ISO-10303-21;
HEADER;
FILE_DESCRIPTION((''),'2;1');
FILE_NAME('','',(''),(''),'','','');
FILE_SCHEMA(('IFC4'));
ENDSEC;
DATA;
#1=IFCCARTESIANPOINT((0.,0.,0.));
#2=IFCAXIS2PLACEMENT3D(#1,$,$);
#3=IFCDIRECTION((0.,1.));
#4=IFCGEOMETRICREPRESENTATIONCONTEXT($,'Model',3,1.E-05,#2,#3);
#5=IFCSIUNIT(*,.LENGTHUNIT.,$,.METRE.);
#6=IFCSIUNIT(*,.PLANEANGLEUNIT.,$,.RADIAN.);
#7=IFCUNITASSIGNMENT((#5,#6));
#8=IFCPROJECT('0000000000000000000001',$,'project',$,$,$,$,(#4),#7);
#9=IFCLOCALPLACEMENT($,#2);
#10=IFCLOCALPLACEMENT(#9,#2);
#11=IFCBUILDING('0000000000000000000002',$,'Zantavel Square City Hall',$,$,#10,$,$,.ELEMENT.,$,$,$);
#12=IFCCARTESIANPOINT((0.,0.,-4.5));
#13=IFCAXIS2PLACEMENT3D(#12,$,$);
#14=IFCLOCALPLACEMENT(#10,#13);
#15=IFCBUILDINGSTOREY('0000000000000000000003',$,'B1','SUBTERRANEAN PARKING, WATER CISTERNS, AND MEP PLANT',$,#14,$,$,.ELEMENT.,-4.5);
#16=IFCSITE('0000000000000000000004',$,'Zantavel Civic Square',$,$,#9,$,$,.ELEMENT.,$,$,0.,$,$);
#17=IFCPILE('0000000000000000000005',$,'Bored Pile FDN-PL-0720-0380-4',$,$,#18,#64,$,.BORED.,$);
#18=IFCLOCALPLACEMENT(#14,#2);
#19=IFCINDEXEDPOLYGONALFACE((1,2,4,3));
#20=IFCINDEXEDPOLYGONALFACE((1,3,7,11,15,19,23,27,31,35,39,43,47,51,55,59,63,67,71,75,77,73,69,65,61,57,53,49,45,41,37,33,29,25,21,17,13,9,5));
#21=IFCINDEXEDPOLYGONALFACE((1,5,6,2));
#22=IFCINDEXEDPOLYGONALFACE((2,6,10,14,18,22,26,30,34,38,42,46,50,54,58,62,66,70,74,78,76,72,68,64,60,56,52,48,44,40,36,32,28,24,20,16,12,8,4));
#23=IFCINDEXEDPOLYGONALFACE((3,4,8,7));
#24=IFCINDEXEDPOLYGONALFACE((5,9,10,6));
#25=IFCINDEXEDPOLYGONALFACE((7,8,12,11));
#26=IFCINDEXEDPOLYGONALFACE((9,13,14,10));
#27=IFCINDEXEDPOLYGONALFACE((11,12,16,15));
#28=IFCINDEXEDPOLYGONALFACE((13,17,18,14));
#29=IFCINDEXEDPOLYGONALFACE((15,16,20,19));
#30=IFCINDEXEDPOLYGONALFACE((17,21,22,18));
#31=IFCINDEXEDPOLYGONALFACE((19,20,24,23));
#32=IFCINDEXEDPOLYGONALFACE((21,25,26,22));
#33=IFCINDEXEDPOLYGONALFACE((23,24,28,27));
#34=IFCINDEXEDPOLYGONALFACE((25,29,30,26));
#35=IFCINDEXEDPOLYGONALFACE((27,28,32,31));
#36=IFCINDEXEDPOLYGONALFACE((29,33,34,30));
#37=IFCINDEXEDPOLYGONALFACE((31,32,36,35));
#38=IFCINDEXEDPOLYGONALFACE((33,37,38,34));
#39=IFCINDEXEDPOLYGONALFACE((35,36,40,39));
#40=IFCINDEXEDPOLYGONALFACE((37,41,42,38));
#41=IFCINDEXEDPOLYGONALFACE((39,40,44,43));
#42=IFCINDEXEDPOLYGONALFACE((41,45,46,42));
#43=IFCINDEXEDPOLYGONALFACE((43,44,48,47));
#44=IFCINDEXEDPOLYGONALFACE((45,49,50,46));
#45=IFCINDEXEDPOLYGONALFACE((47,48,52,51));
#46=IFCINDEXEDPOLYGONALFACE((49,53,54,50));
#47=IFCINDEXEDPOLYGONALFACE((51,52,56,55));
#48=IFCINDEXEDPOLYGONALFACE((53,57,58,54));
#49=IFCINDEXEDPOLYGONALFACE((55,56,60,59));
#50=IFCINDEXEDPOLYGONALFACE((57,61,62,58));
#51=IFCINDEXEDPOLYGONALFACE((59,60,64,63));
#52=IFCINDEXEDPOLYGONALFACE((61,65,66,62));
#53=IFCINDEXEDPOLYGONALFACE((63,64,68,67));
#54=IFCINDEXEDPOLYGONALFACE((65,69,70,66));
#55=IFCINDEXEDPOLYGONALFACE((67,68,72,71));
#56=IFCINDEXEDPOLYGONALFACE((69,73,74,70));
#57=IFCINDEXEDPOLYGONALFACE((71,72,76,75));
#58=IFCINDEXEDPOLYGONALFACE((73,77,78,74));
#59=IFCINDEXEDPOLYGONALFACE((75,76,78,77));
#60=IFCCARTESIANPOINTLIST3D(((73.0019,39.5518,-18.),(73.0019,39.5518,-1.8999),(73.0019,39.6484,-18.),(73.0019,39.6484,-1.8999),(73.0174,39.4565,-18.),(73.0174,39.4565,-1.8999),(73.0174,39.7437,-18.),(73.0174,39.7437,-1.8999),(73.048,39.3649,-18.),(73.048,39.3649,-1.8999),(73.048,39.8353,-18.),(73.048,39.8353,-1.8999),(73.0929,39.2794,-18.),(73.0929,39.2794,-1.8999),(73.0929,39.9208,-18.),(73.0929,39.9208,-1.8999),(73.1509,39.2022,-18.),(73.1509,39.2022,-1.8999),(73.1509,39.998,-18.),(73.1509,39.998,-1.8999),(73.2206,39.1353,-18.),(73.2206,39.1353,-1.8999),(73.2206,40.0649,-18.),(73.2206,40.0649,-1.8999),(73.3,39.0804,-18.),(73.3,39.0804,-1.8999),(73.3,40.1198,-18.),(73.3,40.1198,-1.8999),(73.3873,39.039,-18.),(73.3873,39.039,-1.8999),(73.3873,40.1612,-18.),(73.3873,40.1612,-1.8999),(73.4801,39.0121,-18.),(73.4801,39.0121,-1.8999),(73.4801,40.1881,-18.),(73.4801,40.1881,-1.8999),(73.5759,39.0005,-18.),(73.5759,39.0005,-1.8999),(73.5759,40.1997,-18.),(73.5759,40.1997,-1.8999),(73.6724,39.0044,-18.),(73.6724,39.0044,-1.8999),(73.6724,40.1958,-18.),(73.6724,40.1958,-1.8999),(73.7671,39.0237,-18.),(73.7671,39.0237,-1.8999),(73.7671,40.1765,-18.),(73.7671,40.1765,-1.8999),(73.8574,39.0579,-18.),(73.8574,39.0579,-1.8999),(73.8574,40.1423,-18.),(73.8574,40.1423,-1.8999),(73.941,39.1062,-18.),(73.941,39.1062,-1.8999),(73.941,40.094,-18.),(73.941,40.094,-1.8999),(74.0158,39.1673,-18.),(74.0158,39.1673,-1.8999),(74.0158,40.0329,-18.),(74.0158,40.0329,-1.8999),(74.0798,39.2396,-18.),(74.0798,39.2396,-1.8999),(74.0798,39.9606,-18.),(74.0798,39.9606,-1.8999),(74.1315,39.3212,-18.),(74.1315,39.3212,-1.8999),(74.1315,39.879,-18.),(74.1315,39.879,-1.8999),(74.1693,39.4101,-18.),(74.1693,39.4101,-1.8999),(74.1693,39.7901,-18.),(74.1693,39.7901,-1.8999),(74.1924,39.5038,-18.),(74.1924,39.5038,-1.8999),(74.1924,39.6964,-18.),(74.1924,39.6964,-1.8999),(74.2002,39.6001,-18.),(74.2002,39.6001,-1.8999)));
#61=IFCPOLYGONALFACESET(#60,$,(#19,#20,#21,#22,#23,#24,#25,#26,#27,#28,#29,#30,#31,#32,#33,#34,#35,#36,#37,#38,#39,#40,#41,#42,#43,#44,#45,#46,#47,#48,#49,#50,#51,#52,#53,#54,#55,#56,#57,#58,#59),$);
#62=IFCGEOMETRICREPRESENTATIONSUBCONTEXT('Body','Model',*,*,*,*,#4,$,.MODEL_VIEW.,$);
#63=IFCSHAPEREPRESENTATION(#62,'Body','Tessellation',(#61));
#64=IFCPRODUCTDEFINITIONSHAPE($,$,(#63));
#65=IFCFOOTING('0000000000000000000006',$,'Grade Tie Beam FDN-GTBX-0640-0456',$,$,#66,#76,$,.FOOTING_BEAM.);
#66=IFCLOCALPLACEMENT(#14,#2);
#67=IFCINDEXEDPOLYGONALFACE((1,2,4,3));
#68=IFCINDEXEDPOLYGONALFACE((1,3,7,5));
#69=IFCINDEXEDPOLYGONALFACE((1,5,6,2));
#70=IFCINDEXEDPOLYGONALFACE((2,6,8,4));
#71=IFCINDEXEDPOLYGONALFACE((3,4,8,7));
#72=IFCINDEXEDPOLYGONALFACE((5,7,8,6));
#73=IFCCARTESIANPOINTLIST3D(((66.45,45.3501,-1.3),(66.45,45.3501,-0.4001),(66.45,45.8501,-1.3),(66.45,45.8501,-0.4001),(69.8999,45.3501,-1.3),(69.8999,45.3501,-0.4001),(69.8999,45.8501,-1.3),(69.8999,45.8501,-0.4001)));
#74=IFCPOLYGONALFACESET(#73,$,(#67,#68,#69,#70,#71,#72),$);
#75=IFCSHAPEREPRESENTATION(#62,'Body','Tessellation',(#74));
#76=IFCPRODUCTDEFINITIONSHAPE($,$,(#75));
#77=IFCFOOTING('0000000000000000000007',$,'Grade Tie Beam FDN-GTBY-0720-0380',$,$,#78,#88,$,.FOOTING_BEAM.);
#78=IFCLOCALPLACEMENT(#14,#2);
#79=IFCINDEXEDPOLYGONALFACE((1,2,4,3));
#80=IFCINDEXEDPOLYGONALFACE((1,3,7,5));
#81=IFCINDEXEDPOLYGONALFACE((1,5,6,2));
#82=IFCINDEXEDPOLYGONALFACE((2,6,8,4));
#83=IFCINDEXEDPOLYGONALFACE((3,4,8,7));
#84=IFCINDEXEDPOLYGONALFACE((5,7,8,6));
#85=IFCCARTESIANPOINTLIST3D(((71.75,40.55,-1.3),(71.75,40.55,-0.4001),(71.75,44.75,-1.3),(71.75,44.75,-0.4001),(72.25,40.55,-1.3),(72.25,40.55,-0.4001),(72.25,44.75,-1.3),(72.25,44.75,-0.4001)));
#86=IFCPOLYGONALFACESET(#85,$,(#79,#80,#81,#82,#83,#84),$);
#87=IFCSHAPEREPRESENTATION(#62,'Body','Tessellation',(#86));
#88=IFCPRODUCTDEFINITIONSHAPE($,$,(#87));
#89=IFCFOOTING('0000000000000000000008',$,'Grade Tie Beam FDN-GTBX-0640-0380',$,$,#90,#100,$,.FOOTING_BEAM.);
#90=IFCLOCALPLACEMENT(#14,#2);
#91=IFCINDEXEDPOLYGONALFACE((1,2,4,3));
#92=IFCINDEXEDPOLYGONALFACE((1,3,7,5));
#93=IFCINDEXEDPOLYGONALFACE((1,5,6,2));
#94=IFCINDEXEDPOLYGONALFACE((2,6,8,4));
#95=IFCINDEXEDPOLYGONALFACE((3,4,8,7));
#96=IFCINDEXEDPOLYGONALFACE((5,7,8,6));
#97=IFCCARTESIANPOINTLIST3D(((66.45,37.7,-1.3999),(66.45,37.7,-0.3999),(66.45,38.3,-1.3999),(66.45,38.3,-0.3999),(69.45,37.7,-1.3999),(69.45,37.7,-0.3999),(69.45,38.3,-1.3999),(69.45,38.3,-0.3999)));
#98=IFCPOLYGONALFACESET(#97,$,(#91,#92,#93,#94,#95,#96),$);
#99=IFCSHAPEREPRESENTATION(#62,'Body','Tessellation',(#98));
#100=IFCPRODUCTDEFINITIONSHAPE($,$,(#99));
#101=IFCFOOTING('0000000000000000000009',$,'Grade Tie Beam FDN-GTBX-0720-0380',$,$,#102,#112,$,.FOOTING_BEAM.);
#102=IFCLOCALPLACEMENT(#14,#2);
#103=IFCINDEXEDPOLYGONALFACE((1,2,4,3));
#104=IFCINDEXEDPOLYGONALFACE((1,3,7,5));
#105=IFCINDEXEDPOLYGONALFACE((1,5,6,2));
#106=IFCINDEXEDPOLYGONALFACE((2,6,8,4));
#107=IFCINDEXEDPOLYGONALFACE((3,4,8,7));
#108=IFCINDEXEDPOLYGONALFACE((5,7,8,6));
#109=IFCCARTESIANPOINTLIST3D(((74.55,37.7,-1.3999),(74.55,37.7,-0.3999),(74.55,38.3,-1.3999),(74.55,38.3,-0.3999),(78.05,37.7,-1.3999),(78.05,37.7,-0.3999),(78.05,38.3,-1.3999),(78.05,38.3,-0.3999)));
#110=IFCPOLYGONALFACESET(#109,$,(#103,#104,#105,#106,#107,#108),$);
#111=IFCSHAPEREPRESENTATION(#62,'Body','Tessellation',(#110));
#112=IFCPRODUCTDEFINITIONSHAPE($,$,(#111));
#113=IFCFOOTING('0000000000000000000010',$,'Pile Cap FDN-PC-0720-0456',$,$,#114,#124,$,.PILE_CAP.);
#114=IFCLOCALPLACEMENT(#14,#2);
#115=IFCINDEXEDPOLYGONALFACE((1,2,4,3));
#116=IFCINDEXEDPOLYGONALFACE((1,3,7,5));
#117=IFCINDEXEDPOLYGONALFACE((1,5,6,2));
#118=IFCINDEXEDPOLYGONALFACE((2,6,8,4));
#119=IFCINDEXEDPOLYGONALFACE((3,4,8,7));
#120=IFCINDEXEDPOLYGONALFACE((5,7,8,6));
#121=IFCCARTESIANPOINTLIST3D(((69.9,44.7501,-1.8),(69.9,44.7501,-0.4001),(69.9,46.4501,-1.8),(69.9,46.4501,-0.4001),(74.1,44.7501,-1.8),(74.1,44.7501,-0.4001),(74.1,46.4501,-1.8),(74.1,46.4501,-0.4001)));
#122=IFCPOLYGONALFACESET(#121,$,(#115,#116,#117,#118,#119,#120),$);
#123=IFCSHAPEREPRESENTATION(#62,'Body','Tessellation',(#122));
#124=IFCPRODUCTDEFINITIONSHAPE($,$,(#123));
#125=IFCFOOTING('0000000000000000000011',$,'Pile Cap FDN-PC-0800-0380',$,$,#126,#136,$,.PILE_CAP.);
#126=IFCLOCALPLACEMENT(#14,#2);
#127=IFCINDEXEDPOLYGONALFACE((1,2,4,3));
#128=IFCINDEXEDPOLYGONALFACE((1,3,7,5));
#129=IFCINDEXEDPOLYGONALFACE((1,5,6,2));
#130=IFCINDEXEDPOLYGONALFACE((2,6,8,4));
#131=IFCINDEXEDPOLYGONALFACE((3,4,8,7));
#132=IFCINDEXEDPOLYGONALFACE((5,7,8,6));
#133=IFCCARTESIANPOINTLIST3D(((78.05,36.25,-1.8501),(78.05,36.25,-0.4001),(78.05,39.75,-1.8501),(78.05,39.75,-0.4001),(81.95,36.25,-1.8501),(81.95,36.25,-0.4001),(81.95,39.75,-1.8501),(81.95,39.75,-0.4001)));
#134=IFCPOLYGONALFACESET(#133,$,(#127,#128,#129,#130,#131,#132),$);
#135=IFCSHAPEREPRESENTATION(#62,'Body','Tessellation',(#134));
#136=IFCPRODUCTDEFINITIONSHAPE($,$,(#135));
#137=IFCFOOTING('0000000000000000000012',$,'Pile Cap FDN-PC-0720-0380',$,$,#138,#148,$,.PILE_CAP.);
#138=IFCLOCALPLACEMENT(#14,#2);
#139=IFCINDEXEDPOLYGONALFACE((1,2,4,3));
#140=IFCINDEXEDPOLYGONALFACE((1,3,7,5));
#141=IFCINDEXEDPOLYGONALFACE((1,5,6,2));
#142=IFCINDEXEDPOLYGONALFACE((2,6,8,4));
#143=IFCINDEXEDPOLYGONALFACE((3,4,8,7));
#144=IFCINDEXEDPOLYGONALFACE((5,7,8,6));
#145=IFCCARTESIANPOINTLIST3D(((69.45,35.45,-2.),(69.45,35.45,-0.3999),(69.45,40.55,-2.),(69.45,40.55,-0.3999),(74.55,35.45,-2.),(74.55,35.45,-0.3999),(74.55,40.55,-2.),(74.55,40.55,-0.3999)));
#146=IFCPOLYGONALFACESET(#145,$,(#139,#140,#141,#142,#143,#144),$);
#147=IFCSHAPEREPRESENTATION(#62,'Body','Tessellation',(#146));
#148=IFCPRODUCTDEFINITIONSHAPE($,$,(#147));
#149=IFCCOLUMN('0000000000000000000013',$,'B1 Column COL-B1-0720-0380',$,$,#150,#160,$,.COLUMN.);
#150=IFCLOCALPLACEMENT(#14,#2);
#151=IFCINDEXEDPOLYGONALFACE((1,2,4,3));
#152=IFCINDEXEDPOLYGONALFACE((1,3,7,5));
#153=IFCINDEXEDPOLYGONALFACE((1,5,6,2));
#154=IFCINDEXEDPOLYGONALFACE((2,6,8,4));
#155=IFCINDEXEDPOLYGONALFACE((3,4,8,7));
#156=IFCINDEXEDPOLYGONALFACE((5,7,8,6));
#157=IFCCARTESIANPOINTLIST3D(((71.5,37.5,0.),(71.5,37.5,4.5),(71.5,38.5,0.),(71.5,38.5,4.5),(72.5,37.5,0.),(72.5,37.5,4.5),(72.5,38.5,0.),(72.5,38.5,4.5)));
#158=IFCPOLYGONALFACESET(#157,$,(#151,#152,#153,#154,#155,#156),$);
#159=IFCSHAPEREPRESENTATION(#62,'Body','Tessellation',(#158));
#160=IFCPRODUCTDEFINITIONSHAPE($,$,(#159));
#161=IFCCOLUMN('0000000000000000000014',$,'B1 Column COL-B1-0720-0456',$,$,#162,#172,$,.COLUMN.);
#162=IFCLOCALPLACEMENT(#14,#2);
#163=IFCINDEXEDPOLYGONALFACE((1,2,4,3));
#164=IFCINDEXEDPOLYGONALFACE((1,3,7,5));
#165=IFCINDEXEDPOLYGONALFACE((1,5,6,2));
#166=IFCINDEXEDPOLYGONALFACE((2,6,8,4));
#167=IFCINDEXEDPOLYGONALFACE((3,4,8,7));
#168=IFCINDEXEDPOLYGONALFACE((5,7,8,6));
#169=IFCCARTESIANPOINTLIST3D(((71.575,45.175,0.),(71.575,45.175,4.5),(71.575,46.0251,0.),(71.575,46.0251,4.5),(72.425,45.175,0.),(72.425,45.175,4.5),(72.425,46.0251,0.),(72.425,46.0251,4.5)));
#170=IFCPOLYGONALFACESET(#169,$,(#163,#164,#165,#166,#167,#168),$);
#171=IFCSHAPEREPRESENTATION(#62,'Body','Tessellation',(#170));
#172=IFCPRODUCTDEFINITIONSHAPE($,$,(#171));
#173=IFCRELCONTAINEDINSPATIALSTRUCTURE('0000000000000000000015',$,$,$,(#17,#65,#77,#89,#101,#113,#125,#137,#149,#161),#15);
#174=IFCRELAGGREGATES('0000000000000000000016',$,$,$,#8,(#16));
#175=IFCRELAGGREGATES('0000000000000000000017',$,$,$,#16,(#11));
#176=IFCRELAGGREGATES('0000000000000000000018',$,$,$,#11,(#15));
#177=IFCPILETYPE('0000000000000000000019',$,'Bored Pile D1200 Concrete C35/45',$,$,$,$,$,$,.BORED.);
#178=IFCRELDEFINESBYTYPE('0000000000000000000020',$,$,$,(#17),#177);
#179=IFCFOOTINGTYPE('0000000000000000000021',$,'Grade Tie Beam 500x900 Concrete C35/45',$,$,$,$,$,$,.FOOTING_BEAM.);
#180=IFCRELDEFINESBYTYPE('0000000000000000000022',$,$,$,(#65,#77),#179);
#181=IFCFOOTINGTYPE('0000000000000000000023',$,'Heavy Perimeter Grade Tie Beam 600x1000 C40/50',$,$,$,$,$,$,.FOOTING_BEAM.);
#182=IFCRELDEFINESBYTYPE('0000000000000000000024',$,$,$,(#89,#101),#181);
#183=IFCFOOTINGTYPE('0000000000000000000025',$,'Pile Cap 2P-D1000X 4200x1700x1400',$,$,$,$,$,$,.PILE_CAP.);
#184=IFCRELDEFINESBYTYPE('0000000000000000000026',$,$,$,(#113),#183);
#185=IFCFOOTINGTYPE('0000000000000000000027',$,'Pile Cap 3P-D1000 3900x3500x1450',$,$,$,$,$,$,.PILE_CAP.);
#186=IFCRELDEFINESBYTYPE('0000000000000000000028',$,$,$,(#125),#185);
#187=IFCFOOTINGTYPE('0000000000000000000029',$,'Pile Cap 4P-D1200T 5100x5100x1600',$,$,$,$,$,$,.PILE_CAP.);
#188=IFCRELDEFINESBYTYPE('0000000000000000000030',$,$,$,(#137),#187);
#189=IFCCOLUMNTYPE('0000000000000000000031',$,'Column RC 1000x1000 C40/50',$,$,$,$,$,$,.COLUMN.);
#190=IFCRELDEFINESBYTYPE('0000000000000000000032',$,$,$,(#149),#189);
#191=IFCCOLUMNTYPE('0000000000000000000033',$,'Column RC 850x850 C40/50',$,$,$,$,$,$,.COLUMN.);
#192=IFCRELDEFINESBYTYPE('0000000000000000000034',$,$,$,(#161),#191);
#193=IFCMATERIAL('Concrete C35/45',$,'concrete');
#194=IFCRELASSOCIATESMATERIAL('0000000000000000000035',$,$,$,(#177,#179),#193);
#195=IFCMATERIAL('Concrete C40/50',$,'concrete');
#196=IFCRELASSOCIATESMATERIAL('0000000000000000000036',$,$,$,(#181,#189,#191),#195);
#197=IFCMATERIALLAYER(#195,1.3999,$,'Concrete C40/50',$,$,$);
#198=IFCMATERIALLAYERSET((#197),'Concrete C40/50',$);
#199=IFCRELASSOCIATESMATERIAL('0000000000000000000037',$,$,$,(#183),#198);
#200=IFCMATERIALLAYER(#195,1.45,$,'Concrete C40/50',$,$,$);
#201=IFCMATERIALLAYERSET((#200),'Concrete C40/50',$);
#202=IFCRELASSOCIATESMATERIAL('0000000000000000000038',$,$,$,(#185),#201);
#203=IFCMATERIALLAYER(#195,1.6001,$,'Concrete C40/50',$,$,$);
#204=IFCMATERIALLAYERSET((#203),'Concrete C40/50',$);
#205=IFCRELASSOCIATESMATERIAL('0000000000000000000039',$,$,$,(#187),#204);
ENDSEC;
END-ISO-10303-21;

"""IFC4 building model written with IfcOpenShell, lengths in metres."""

from ifc_helpers import new_model, si_unit, direction, frame, origin, origin_2d, place, context, subcontext, project, spatial, rectangle, circle, extrude, material, layer, layer_set, material_profile, profile_set, type_object, element, save


model = new_model("IFC4")

# Units and contexts
model_context = context("Model", 3, precision=1e-05, world=origin(), true_north=direction((0.0, 1.0)))
body_context = subcontext(model_context, "Body", "Model", "MODEL_VIEW")
ifc_project = project(units=[si_unit("LENGTHUNIT", "METRE"), si_unit("PLANEANGLEUNIT", "RADIAN")], contexts=[model_context])

# Site, building, storey
site_placement = place(None, origin())
site = spatial("IfcSite", under=ifc_project, at=site_placement, Name="Zantavel Civic Square", CompositionType="ELEMENT", RefElevation=0.0)
building_placement = place(site_placement, origin())
building = spatial("IfcBuilding", under=site, at=building_placement, Name="Zantavel Square City Hall", CompositionType="ELEMENT")
storey_placement = place(building_placement, frame((0.0, 0.0, -4.5)))
storey = spatial("IfcBuildingStorey", under=building, at=storey_placement, Name="B1", Description="SUBTERRANEAN PARKING, WATER CISTERNS, AND MEP PLANT", CompositionType="ELEMENT", Elevation=-4.5)

# Pile
ifc_material_1 = material(Name="Concrete C35/45", Category="concrete")
ifc_material_profile_1 = material_profile(ifc_material_1, circle(Radius=0.6001, at=origin_2d()), Name="PILE D1200")
ifc_profile_set_1 = profile_set([ifc_material_profile_1], Name="Concrete C35/45")
pile_type_1 = type_object("IfcPileType", Name="Bored Pile D1200 Concrete C35/45", PredefinedType="BORED", material=ifc_profile_set_1)
for number, where, z_axis, x_axis, name in (
    (1, (73.6001, 39.6001, -1.8999), (0.0, 0.0, -1.0), (1.0, 0.0, 0.0), "Bored Pile FDN-PL-0720-0380-4"),
):
    element("IfcPile", number, at=place(storey_placement, frame(where, z_axis=z_axis, x_axis=x_axis)), inside=storey, type_object=pile_type_1, Name=name, PredefinedType="BORED", context=body_context, shape_type="SweptSolid", body=[
        extrude(circle(Radius=0.6001, at=origin_2d()), origin(), (0.0, 0.0, 1.0), 16.1001),
    ])

# Footings
ifc_material_profile_2 = material_profile(ifc_material_1, rectangle(XDim=0.5, YDim=0.8999, at=origin_2d()), Name="RC 500x900")
ifc_profile_set_2 = profile_set([ifc_material_profile_2], Name="Concrete C35/45")
footing_type_1 = type_object("IfcFootingType", Name="Grade Tie Beam 500x900 Concrete C35/45", PredefinedType="FOOTING_BEAM", material=ifc_profile_set_2)
footing_1_placement = place(storey_placement, frame((66.45, 45.6001, -0.8501), z_axis=(1.0, 0.0, 0.0), x_axis=(0.0, 1.0, 0.0)))
element("IfcFooting", 2, at=footing_1_placement, inside=storey, type_object=footing_type_1, Name="Grade Tie Beam FDN-GTBX-0640-0456", PredefinedType="FOOTING_BEAM", context=body_context, shape_type="SweptSolid", body=[
    extrude(rectangle(XDim=0.5, YDim=0.8999, at=origin_2d()), origin(), (0.0, 0.0, 1.0), 3.45),
])
footing_2_placement = place(storey_placement, frame((72.0, 40.55, -0.8501), z_axis=(0.0, 1.0, 0.0), x_axis=(-1.0, 0.0, 0.0)))
element("IfcFooting", 3, at=footing_2_placement, inside=storey, type_object=footing_type_1, Name="Grade Tie Beam FDN-GTBY-0720-0380", PredefinedType="FOOTING_BEAM", context=body_context, shape_type="SweptSolid", body=[
    extrude(rectangle(XDim=0.5, YDim=0.8999, at=origin_2d()), origin(), (0.0, 0.0, 1.0), 4.2),
])
ifc_material_2 = material(Name="Concrete C40/50", Category="concrete")
ifc_material_profile_3 = material_profile(ifc_material_2, rectangle(XDim=0.6001, YDim=1.0, at=origin_2d()), Name="RC 600x1000")
ifc_profile_set_3 = profile_set([ifc_material_profile_3], Name="Concrete C40/50")
footing_type_2 = type_object("IfcFootingType", Name="Heavy Perimeter Grade Tie Beam 600x1000 C40/50", PredefinedType="FOOTING_BEAM", material=ifc_profile_set_3)
footing_3_placement = place(storey_placement, frame((66.45, 38.0, -0.8999), z_axis=(1.0, 0.0, 0.0), x_axis=(0.0, 1.0, 0.0)))
element("IfcFooting", 4, at=footing_3_placement, inside=storey, type_object=footing_type_2, Name="Grade Tie Beam FDN-GTBX-0640-0380", PredefinedType="FOOTING_BEAM", context=body_context, shape_type="SweptSolid", body=[
    extrude(rectangle(XDim=0.6001, YDim=1.0, at=origin_2d()), origin(), (0.0, 0.0, 1.0), 3.0),
])
footing_4_placement = place(storey_placement, frame((74.55, 38.0, -0.8999), z_axis=(1.0, 0.0, 0.0), x_axis=(0.0, 1.0, 0.0)))
element("IfcFooting", 5, at=footing_4_placement, inside=storey, type_object=footing_type_2, Name="Grade Tie Beam FDN-GTBX-0720-0380", PredefinedType="FOOTING_BEAM", context=body_context, shape_type="SweptSolid", body=[
    extrude(rectangle(XDim=0.6001, YDim=1.0, at=origin_2d()), origin(), (0.0, 0.0, 1.0), 3.5),
])
ifc_layer_1 = layer(ifc_material_2, 1.3999, Name="Concrete C40/50")
ifc_layer_set_1 = layer_set([ifc_layer_1], Name="Concrete C40/50")
footing_type_3 = type_object("IfcFootingType", Name="Pile Cap 2P-D1000X 4200x1700x1400", PredefinedType="PILE_CAP", material=ifc_layer_set_1)
footing_5_placement = place(storey_placement, frame((72.0, 45.6001, -1.8), z_axis=(0.0, 0.0, 1.0), x_axis=(1.0, 0.0, 0.0)))
element("IfcFooting", 6, at=footing_5_placement, inside=storey, type_object=footing_type_3, Name="Pile Cap FDN-PC-0720-0456", PredefinedType="PILE_CAP", context=body_context, shape_type="SweptSolid", body=[
    extrude(rectangle(XDim=4.2, YDim=1.7, at=origin_2d()), origin(), (0.0, 0.0, 1.0), 1.3999),
])
ifc_layer_2 = layer(ifc_material_2, 1.45, Name="Concrete C40/50")
ifc_layer_set_2 = layer_set([ifc_layer_2], Name="Concrete C40/50")
footing_type_4 = type_object("IfcFootingType", Name="Pile Cap 3P-D1000 3900x3500x1450", PredefinedType="PILE_CAP", material=ifc_layer_set_2)
footing_6_placement = place(storey_placement, frame((80.0, 38.0, -1.8501), z_axis=(0.0, 0.0, 1.0), x_axis=(1.0, 0.0, 0.0)))
element("IfcFooting", 7, at=footing_6_placement, inside=storey, type_object=footing_type_4, Name="Pile Cap FDN-PC-0800-0380", PredefinedType="PILE_CAP", context=body_context, shape_type="SweptSolid", body=[
    extrude(rectangle(XDim=3.8999, YDim=3.5, at=origin_2d()), origin(), (0.0, 0.0, 1.0), 1.45),
])
ifc_layer_3 = layer(ifc_material_2, 1.6001, Name="Concrete C40/50")
ifc_layer_set_3 = layer_set([ifc_layer_3], Name="Concrete C40/50")
footing_type_5 = type_object("IfcFootingType", Name="Pile Cap 4P-D1200T 5100x5100x1600", PredefinedType="PILE_CAP", material=ifc_layer_set_3)
footing_7_placement = place(storey_placement, frame((72.0, 38.0, -2.0), z_axis=(0.0, 0.0, 1.0), x_axis=(1.0, 0.0, 0.0)))
element("IfcFooting", 8, at=footing_7_placement, inside=storey, type_object=footing_type_5, Name="Pile Cap FDN-PC-0720-0380", PredefinedType="PILE_CAP", context=body_context, shape_type="SweptSolid", body=[
    extrude(rectangle(XDim=5.1001, YDim=5.1001, at=origin_2d()), origin(), (0.0, 0.0, 1.0), 1.6001),
])

# Columns
ifc_material_profile_4 = material_profile(ifc_material_2, rectangle(XDim=1.0, YDim=1.0, at=origin_2d()), Name="RC 1000x1000")
ifc_profile_set_4 = profile_set([ifc_material_profile_4], Name="Concrete C40/50")
column_type_1 = type_object("IfcColumnType", Name="Column RC 1000x1000 C40/50", PredefinedType="COLUMN", material=ifc_profile_set_4)
column_1_placement = place(storey_placement, frame((72.0, 38.0, 0.0), z_axis=(0.0, 0.0, 1.0), x_axis=(1.0, 0.0, 0.0)))
element("IfcColumn", 9, at=column_1_placement, inside=storey, type_object=column_type_1, Name="B1 Column COL-B1-0720-0380", PredefinedType="COLUMN", context=body_context, shape_type="SweptSolid", body=[
    extrude(rectangle(XDim=1.0, YDim=1.0, at=origin_2d()), origin(), (0.0, 0.0, 1.0), 4.5),
])
ifc_material_profile_5 = material_profile(ifc_material_2, rectangle(XDim=0.8501, YDim=0.8501, at=origin_2d()), Name="RC 850x850")
ifc_profile_set_5 = profile_set([ifc_material_profile_5], Name="Concrete C40/50")
column_type_2 = type_object("IfcColumnType", Name="Column RC 850x850 C40/50", PredefinedType="COLUMN", material=ifc_profile_set_5)
column_2_placement = place(storey_placement, frame((72.0, 45.6001, 0.0), z_axis=(0.0, 0.0, 1.0), x_axis=(1.0, 0.0, 0.0)))
element("IfcColumn", 10, at=column_2_placement, inside=storey, type_object=column_type_2, Name="B1 Column COL-B1-0720-0456", PredefinedType="COLUMN", context=body_context, shape_type="SweptSolid", body=[
    extrude(rectangle(XDim=0.8501, YDim=0.8501, at=origin_2d()), origin(), (0.0, 0.0, 1.0), 4.5),
])

save(model, "model.ifc")
